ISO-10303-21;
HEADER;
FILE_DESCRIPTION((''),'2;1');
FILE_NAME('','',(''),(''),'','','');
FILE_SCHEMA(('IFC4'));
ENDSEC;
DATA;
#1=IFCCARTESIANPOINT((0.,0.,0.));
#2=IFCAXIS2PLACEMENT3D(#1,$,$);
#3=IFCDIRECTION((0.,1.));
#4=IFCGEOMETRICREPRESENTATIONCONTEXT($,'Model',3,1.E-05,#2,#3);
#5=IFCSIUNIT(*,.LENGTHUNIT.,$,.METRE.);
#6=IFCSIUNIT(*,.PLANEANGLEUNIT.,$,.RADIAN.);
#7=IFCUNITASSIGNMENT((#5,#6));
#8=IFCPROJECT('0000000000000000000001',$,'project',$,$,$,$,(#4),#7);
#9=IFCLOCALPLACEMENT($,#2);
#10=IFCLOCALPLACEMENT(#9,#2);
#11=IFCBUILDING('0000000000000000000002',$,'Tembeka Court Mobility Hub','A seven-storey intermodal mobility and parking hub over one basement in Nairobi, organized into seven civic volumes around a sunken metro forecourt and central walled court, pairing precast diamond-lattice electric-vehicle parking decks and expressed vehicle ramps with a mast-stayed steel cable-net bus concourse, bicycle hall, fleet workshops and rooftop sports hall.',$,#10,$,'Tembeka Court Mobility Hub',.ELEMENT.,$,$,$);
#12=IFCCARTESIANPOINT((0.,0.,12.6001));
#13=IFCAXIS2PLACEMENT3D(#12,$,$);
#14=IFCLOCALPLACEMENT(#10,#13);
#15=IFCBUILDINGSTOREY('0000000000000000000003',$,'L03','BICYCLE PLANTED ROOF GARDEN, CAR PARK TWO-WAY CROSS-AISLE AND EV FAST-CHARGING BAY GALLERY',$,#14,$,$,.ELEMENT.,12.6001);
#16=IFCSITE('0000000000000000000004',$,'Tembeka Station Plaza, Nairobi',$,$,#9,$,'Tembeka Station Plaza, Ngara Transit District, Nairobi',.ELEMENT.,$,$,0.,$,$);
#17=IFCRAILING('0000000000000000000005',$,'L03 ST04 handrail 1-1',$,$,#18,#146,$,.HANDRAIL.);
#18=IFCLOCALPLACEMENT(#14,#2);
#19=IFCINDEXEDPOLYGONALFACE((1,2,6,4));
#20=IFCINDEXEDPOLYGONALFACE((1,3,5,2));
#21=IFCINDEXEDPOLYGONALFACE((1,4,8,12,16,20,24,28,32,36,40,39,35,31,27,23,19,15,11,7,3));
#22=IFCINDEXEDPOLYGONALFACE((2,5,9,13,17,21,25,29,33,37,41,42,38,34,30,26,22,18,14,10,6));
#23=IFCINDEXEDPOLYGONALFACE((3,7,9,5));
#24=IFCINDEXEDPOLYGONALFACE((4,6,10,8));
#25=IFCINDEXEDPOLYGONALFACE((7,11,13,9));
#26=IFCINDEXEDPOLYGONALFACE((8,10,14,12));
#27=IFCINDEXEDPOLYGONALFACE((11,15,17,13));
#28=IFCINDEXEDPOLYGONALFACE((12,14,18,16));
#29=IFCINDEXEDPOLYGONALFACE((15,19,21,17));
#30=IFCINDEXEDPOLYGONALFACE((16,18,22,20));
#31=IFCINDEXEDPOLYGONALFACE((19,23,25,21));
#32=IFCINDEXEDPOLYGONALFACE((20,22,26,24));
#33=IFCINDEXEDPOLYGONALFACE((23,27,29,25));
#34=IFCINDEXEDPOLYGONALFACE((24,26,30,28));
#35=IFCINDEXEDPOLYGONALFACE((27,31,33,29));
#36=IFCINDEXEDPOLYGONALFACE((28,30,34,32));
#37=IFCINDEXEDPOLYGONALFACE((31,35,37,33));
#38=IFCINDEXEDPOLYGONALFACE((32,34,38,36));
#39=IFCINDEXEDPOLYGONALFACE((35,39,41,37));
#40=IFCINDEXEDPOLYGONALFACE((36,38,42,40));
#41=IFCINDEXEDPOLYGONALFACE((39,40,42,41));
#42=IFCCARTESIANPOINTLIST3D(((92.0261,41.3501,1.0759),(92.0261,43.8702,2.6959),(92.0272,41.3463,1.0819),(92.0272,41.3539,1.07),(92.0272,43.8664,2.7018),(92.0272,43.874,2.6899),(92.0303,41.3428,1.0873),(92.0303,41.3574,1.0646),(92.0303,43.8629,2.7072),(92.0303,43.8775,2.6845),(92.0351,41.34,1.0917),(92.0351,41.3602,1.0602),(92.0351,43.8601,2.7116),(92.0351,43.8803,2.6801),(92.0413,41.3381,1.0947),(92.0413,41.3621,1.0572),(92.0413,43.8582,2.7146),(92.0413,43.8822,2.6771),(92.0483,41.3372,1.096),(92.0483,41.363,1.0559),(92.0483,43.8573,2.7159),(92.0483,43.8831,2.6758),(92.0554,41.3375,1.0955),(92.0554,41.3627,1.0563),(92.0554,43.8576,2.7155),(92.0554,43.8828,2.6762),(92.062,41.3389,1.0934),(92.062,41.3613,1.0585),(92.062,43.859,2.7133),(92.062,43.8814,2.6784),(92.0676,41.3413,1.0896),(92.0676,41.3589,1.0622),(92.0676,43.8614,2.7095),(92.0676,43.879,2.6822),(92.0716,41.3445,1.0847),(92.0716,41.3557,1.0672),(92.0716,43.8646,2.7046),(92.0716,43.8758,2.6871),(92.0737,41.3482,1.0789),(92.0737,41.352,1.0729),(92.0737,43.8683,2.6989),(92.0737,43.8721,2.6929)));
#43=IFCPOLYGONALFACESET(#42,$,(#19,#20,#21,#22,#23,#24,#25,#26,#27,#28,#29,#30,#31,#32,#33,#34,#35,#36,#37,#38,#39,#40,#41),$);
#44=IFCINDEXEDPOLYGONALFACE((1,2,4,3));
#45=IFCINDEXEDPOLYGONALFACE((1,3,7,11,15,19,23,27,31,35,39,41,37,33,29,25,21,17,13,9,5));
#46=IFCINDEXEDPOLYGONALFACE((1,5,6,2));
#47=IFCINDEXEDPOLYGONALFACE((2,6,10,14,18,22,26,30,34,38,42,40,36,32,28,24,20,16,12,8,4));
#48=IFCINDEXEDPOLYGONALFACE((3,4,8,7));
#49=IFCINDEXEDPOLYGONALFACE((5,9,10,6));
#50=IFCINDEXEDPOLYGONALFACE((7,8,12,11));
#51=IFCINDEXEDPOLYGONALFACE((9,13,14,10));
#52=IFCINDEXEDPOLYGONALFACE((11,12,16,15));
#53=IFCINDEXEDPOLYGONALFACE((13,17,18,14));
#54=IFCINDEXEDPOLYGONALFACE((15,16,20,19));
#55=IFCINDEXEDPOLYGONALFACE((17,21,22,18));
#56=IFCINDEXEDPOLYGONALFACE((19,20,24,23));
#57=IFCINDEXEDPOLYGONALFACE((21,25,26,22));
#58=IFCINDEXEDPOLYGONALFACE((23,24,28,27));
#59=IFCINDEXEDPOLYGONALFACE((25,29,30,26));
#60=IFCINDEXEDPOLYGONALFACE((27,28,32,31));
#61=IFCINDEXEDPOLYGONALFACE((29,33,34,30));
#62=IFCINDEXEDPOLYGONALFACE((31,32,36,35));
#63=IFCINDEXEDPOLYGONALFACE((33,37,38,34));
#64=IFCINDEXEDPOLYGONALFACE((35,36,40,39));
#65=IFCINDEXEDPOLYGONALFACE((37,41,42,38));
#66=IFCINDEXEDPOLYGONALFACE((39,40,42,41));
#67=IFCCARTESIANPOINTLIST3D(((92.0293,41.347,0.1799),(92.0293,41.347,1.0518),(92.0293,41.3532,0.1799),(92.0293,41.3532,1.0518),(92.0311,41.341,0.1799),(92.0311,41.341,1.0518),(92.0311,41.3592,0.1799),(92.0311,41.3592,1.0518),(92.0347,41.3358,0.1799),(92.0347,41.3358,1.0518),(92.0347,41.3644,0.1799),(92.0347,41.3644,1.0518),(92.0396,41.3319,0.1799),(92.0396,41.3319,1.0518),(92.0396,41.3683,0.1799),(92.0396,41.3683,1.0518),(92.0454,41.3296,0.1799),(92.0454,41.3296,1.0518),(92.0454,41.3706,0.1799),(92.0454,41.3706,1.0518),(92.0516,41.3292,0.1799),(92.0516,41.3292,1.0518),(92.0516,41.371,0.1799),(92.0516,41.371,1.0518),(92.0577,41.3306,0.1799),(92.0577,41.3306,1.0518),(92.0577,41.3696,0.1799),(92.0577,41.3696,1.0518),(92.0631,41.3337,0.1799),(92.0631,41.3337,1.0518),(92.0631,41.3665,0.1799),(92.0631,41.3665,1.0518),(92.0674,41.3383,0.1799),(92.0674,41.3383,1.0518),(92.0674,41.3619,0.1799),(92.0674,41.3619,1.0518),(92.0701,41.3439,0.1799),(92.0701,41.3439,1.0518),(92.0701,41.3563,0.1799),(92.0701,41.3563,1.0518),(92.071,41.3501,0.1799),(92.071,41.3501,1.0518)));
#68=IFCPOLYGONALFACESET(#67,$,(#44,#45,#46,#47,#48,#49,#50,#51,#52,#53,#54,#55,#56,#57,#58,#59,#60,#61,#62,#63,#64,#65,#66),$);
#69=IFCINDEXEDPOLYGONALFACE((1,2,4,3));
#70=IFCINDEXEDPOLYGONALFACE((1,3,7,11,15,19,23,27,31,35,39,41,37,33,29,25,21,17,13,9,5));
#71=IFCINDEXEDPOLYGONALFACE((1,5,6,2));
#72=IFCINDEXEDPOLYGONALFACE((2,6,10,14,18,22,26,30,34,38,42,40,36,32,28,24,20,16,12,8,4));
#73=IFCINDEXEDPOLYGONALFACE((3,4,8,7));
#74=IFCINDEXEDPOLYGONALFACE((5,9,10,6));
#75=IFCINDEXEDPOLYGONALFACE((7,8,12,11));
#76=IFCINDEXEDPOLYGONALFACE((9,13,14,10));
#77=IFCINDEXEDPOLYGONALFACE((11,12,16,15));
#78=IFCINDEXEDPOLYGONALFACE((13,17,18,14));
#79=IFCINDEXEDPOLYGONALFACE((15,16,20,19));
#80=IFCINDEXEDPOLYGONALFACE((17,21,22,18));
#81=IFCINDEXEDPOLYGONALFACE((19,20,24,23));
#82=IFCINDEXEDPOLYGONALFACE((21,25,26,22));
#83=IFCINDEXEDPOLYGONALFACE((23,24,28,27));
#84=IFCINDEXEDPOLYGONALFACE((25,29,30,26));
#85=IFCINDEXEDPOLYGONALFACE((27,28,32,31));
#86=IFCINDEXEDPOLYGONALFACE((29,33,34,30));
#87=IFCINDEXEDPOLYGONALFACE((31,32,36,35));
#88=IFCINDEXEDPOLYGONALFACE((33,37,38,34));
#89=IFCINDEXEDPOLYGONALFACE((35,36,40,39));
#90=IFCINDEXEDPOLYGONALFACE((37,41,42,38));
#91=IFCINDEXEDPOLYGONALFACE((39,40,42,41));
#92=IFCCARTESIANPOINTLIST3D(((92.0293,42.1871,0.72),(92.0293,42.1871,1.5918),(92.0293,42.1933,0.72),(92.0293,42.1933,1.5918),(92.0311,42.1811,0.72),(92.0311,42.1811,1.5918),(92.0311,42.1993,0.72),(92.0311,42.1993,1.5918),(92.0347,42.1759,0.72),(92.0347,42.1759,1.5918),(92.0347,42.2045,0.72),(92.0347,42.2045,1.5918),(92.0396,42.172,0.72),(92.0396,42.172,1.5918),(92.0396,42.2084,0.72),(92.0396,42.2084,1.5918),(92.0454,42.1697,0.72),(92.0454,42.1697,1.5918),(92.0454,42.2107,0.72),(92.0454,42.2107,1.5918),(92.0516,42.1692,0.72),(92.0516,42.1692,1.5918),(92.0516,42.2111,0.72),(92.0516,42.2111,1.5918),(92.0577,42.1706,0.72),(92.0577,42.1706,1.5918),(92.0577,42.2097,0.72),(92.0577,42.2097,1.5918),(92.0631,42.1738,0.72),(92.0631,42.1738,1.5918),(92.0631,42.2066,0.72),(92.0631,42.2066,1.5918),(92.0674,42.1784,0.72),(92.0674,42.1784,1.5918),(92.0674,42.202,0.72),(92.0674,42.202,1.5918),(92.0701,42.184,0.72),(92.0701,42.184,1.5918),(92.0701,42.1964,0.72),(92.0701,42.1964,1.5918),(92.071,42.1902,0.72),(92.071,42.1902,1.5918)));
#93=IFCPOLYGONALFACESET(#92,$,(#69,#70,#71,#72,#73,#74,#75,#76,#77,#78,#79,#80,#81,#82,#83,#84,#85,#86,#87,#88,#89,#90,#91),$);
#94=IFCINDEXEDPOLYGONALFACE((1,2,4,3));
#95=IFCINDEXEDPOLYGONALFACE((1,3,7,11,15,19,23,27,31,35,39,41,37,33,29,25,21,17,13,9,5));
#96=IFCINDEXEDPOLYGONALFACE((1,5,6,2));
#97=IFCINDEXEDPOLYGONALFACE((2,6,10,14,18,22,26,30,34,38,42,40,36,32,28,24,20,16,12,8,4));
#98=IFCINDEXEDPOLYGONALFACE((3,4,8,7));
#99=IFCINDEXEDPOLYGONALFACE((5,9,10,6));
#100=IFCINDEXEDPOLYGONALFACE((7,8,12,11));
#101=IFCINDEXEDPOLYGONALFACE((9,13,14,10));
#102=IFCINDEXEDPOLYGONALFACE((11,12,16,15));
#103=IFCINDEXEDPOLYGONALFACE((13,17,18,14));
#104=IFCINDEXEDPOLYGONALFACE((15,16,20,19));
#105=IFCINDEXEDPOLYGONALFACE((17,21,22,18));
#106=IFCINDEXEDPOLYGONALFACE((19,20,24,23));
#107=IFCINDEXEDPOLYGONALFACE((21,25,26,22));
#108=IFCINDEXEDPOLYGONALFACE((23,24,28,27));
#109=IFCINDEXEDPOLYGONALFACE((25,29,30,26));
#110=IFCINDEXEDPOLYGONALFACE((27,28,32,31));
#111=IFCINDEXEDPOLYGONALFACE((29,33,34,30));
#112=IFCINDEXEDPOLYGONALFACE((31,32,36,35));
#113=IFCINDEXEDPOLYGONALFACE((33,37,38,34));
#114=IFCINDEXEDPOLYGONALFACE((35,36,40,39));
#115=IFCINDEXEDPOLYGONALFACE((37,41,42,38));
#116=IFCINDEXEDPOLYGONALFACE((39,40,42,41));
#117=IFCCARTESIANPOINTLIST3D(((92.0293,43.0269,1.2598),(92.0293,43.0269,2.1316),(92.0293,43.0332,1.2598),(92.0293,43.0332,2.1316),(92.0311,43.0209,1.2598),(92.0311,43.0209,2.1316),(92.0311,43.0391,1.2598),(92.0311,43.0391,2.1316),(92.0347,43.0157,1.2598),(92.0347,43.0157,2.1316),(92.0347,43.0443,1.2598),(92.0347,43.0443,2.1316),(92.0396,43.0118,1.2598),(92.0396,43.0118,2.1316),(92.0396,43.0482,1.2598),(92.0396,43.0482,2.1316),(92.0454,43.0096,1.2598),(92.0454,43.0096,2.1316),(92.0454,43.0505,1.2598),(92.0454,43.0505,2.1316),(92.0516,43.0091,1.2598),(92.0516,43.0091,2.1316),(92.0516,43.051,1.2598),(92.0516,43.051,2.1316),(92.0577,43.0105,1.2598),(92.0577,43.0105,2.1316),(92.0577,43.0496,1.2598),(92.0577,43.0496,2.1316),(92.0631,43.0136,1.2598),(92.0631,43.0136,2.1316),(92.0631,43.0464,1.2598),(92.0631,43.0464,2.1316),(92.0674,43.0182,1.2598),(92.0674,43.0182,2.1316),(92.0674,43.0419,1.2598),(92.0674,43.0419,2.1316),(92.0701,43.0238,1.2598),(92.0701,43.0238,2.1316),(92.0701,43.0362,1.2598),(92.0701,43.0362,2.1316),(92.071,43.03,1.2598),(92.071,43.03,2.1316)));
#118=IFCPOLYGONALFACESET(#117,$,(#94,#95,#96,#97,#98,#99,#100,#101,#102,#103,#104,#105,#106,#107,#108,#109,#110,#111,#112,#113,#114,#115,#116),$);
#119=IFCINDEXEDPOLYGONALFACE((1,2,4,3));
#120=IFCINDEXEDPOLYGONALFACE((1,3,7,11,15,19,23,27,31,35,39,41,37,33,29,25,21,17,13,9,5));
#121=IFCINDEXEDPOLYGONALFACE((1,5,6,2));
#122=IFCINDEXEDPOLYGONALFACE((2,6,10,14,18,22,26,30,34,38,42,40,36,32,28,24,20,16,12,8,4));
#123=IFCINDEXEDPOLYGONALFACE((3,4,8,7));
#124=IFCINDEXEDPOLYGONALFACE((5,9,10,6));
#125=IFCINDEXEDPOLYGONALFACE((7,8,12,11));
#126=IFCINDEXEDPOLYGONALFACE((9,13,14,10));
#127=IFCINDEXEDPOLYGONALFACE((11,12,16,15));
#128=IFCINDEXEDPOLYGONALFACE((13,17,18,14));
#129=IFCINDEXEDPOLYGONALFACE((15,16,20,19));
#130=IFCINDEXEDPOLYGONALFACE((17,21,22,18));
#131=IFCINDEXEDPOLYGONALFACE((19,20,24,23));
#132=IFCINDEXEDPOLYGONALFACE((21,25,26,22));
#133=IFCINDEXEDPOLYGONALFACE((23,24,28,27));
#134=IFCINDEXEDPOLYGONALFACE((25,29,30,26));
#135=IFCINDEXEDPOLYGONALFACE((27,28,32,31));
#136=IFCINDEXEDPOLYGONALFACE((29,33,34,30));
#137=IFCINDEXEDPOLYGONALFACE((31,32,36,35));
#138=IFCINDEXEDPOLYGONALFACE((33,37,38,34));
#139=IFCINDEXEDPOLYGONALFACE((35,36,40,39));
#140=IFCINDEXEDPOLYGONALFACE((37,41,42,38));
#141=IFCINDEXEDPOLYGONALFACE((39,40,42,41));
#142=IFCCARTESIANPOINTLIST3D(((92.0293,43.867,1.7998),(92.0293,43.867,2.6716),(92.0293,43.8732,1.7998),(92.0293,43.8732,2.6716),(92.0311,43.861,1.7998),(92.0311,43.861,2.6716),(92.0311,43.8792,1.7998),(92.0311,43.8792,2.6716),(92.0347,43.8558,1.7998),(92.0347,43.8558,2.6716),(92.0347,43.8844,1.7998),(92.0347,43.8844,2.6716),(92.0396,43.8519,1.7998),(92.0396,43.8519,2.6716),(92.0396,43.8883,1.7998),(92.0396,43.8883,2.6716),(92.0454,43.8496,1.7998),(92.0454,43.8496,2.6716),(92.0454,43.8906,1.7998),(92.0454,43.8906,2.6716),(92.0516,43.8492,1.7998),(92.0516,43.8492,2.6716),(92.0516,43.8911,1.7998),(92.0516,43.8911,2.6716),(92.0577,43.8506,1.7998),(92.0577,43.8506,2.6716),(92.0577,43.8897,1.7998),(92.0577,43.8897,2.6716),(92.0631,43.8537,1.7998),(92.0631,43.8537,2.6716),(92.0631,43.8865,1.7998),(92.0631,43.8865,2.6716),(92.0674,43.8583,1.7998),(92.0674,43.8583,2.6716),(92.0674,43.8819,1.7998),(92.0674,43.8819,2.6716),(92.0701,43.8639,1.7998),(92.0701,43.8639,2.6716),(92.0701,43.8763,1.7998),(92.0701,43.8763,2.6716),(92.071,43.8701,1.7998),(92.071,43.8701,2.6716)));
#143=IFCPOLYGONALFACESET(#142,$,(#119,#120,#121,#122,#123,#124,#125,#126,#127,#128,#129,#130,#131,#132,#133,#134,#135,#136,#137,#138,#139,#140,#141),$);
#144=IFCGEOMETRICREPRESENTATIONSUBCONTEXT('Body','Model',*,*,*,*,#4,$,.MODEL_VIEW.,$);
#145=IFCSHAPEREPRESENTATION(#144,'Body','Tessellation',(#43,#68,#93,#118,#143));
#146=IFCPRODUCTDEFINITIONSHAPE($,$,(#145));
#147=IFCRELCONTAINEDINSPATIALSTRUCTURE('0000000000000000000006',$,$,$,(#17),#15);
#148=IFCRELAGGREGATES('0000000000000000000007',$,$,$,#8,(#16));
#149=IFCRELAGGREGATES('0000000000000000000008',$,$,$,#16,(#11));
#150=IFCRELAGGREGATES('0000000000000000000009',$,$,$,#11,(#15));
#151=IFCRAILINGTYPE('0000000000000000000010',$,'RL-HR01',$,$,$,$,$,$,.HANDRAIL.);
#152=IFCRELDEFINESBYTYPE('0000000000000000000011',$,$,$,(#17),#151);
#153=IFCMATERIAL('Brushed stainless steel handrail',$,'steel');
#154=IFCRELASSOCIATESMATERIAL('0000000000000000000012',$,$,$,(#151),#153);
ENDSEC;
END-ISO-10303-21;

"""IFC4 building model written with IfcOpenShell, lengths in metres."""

from ifc_helpers import new_model, si_unit, direction, frame, origin, origin_2d, place, context, subcontext, project, spatial, circle, extrude, material, type_object, element, save


model = new_model("IFC4")

# Units and contexts
model_context = context("Model", 3, precision=1e-05, world=origin(), true_north=direction((0.0, 1.0)))
body_context = subcontext(model_context, "Body", "Model", "MODEL_VIEW")
ifc_project = project(units=[si_unit("LENGTHUNIT", "METRE"), si_unit("PLANEANGLEUNIT", "RADIAN")], contexts=[model_context])

# Site, building, storey
site_placement = place(None, origin())
site = spatial("IfcSite", under=ifc_project, at=site_placement, Name="Tembeka Station Plaza, Nairobi", LongName="Tembeka Station Plaza, Ngara Transit District, Nairobi", CompositionType="ELEMENT", RefElevation=0.0)
building_placement = place(site_placement, origin())
building = spatial("IfcBuilding", under=site, at=building_placement, Name="Tembeka Court Mobility Hub", Description="A seven-storey intermodal mobility and parking hub over one basement in Nairobi, organized into seven civic volumes around a sunken metro forecourt and central walled court, pairing precast diamond-lattice electric-vehicle parking decks and expressed vehicle ramps with a mast-stayed steel cable-net bus concourse, bicycle hall, fleet workshops and rooftop sports hall.", LongName="Tembeka Court Mobility Hub", CompositionType="ELEMENT")
storey_placement = place(building_placement, frame((0.0, 0.0, 12.6001)))
storey = spatial("IfcBuildingStorey", under=building, at=storey_placement, Name="L03", Description="BICYCLE PLANTED ROOF GARDEN, CAR PARK TWO-WAY CROSS-AISLE AND EV FAST-CHARGING BAY GALLERY", CompositionType="ELEMENT", Elevation=12.6001)

# Railing
ifc_material_1 = material(Name="Brushed stainless steel handrail", Category="steel")
railing_type_1 = type_object("IfcRailingType", Name="RL-HR01", PredefinedType="HANDRAIL", material=ifc_material_1)
railing_1_placement = place(storey_placement, frame((92.05, 41.3501, 0.1799)))
element("IfcRailing", 1, at=railing_1_placement, inside=storey, type_object=railing_type_1, Name="L03 ST04 handrail 1-1", PredefinedType="HANDRAIL", context=body_context, shape_type="SweptSolid", body=[
    extrude(circle(Radius=0.0239, at=origin_2d()), frame((0.0, 0.0, 0.896), z_axis=(0.0, 0.8412, 0.540725), x_axis=(-1.0, 0.0, 0.0)), (0.0, 0.0, 1.0), 2.9958),
    extrude(circle(Radius=0.021, at=origin_2d()), origin(), (0.0, 0.0, 1.0), 0.8718),
    extrude(circle(Radius=0.021, at=origin_2d()), frame((0.0, 0.8401, 0.54)), (0.0, 0.0, 1.0), 0.8718),
    extrude(circle(Radius=0.021, at=origin_2d()), frame((0.0, 1.6799, 1.0798)), (0.0, 0.0, 1.0), 0.8718),
    extrude(circle(Radius=0.021, at=origin_2d()), frame((0.0, 2.52, 1.6199)), (0.0, 0.0, 1.0), 0.8718),
])

save(model, "model.ifc")
